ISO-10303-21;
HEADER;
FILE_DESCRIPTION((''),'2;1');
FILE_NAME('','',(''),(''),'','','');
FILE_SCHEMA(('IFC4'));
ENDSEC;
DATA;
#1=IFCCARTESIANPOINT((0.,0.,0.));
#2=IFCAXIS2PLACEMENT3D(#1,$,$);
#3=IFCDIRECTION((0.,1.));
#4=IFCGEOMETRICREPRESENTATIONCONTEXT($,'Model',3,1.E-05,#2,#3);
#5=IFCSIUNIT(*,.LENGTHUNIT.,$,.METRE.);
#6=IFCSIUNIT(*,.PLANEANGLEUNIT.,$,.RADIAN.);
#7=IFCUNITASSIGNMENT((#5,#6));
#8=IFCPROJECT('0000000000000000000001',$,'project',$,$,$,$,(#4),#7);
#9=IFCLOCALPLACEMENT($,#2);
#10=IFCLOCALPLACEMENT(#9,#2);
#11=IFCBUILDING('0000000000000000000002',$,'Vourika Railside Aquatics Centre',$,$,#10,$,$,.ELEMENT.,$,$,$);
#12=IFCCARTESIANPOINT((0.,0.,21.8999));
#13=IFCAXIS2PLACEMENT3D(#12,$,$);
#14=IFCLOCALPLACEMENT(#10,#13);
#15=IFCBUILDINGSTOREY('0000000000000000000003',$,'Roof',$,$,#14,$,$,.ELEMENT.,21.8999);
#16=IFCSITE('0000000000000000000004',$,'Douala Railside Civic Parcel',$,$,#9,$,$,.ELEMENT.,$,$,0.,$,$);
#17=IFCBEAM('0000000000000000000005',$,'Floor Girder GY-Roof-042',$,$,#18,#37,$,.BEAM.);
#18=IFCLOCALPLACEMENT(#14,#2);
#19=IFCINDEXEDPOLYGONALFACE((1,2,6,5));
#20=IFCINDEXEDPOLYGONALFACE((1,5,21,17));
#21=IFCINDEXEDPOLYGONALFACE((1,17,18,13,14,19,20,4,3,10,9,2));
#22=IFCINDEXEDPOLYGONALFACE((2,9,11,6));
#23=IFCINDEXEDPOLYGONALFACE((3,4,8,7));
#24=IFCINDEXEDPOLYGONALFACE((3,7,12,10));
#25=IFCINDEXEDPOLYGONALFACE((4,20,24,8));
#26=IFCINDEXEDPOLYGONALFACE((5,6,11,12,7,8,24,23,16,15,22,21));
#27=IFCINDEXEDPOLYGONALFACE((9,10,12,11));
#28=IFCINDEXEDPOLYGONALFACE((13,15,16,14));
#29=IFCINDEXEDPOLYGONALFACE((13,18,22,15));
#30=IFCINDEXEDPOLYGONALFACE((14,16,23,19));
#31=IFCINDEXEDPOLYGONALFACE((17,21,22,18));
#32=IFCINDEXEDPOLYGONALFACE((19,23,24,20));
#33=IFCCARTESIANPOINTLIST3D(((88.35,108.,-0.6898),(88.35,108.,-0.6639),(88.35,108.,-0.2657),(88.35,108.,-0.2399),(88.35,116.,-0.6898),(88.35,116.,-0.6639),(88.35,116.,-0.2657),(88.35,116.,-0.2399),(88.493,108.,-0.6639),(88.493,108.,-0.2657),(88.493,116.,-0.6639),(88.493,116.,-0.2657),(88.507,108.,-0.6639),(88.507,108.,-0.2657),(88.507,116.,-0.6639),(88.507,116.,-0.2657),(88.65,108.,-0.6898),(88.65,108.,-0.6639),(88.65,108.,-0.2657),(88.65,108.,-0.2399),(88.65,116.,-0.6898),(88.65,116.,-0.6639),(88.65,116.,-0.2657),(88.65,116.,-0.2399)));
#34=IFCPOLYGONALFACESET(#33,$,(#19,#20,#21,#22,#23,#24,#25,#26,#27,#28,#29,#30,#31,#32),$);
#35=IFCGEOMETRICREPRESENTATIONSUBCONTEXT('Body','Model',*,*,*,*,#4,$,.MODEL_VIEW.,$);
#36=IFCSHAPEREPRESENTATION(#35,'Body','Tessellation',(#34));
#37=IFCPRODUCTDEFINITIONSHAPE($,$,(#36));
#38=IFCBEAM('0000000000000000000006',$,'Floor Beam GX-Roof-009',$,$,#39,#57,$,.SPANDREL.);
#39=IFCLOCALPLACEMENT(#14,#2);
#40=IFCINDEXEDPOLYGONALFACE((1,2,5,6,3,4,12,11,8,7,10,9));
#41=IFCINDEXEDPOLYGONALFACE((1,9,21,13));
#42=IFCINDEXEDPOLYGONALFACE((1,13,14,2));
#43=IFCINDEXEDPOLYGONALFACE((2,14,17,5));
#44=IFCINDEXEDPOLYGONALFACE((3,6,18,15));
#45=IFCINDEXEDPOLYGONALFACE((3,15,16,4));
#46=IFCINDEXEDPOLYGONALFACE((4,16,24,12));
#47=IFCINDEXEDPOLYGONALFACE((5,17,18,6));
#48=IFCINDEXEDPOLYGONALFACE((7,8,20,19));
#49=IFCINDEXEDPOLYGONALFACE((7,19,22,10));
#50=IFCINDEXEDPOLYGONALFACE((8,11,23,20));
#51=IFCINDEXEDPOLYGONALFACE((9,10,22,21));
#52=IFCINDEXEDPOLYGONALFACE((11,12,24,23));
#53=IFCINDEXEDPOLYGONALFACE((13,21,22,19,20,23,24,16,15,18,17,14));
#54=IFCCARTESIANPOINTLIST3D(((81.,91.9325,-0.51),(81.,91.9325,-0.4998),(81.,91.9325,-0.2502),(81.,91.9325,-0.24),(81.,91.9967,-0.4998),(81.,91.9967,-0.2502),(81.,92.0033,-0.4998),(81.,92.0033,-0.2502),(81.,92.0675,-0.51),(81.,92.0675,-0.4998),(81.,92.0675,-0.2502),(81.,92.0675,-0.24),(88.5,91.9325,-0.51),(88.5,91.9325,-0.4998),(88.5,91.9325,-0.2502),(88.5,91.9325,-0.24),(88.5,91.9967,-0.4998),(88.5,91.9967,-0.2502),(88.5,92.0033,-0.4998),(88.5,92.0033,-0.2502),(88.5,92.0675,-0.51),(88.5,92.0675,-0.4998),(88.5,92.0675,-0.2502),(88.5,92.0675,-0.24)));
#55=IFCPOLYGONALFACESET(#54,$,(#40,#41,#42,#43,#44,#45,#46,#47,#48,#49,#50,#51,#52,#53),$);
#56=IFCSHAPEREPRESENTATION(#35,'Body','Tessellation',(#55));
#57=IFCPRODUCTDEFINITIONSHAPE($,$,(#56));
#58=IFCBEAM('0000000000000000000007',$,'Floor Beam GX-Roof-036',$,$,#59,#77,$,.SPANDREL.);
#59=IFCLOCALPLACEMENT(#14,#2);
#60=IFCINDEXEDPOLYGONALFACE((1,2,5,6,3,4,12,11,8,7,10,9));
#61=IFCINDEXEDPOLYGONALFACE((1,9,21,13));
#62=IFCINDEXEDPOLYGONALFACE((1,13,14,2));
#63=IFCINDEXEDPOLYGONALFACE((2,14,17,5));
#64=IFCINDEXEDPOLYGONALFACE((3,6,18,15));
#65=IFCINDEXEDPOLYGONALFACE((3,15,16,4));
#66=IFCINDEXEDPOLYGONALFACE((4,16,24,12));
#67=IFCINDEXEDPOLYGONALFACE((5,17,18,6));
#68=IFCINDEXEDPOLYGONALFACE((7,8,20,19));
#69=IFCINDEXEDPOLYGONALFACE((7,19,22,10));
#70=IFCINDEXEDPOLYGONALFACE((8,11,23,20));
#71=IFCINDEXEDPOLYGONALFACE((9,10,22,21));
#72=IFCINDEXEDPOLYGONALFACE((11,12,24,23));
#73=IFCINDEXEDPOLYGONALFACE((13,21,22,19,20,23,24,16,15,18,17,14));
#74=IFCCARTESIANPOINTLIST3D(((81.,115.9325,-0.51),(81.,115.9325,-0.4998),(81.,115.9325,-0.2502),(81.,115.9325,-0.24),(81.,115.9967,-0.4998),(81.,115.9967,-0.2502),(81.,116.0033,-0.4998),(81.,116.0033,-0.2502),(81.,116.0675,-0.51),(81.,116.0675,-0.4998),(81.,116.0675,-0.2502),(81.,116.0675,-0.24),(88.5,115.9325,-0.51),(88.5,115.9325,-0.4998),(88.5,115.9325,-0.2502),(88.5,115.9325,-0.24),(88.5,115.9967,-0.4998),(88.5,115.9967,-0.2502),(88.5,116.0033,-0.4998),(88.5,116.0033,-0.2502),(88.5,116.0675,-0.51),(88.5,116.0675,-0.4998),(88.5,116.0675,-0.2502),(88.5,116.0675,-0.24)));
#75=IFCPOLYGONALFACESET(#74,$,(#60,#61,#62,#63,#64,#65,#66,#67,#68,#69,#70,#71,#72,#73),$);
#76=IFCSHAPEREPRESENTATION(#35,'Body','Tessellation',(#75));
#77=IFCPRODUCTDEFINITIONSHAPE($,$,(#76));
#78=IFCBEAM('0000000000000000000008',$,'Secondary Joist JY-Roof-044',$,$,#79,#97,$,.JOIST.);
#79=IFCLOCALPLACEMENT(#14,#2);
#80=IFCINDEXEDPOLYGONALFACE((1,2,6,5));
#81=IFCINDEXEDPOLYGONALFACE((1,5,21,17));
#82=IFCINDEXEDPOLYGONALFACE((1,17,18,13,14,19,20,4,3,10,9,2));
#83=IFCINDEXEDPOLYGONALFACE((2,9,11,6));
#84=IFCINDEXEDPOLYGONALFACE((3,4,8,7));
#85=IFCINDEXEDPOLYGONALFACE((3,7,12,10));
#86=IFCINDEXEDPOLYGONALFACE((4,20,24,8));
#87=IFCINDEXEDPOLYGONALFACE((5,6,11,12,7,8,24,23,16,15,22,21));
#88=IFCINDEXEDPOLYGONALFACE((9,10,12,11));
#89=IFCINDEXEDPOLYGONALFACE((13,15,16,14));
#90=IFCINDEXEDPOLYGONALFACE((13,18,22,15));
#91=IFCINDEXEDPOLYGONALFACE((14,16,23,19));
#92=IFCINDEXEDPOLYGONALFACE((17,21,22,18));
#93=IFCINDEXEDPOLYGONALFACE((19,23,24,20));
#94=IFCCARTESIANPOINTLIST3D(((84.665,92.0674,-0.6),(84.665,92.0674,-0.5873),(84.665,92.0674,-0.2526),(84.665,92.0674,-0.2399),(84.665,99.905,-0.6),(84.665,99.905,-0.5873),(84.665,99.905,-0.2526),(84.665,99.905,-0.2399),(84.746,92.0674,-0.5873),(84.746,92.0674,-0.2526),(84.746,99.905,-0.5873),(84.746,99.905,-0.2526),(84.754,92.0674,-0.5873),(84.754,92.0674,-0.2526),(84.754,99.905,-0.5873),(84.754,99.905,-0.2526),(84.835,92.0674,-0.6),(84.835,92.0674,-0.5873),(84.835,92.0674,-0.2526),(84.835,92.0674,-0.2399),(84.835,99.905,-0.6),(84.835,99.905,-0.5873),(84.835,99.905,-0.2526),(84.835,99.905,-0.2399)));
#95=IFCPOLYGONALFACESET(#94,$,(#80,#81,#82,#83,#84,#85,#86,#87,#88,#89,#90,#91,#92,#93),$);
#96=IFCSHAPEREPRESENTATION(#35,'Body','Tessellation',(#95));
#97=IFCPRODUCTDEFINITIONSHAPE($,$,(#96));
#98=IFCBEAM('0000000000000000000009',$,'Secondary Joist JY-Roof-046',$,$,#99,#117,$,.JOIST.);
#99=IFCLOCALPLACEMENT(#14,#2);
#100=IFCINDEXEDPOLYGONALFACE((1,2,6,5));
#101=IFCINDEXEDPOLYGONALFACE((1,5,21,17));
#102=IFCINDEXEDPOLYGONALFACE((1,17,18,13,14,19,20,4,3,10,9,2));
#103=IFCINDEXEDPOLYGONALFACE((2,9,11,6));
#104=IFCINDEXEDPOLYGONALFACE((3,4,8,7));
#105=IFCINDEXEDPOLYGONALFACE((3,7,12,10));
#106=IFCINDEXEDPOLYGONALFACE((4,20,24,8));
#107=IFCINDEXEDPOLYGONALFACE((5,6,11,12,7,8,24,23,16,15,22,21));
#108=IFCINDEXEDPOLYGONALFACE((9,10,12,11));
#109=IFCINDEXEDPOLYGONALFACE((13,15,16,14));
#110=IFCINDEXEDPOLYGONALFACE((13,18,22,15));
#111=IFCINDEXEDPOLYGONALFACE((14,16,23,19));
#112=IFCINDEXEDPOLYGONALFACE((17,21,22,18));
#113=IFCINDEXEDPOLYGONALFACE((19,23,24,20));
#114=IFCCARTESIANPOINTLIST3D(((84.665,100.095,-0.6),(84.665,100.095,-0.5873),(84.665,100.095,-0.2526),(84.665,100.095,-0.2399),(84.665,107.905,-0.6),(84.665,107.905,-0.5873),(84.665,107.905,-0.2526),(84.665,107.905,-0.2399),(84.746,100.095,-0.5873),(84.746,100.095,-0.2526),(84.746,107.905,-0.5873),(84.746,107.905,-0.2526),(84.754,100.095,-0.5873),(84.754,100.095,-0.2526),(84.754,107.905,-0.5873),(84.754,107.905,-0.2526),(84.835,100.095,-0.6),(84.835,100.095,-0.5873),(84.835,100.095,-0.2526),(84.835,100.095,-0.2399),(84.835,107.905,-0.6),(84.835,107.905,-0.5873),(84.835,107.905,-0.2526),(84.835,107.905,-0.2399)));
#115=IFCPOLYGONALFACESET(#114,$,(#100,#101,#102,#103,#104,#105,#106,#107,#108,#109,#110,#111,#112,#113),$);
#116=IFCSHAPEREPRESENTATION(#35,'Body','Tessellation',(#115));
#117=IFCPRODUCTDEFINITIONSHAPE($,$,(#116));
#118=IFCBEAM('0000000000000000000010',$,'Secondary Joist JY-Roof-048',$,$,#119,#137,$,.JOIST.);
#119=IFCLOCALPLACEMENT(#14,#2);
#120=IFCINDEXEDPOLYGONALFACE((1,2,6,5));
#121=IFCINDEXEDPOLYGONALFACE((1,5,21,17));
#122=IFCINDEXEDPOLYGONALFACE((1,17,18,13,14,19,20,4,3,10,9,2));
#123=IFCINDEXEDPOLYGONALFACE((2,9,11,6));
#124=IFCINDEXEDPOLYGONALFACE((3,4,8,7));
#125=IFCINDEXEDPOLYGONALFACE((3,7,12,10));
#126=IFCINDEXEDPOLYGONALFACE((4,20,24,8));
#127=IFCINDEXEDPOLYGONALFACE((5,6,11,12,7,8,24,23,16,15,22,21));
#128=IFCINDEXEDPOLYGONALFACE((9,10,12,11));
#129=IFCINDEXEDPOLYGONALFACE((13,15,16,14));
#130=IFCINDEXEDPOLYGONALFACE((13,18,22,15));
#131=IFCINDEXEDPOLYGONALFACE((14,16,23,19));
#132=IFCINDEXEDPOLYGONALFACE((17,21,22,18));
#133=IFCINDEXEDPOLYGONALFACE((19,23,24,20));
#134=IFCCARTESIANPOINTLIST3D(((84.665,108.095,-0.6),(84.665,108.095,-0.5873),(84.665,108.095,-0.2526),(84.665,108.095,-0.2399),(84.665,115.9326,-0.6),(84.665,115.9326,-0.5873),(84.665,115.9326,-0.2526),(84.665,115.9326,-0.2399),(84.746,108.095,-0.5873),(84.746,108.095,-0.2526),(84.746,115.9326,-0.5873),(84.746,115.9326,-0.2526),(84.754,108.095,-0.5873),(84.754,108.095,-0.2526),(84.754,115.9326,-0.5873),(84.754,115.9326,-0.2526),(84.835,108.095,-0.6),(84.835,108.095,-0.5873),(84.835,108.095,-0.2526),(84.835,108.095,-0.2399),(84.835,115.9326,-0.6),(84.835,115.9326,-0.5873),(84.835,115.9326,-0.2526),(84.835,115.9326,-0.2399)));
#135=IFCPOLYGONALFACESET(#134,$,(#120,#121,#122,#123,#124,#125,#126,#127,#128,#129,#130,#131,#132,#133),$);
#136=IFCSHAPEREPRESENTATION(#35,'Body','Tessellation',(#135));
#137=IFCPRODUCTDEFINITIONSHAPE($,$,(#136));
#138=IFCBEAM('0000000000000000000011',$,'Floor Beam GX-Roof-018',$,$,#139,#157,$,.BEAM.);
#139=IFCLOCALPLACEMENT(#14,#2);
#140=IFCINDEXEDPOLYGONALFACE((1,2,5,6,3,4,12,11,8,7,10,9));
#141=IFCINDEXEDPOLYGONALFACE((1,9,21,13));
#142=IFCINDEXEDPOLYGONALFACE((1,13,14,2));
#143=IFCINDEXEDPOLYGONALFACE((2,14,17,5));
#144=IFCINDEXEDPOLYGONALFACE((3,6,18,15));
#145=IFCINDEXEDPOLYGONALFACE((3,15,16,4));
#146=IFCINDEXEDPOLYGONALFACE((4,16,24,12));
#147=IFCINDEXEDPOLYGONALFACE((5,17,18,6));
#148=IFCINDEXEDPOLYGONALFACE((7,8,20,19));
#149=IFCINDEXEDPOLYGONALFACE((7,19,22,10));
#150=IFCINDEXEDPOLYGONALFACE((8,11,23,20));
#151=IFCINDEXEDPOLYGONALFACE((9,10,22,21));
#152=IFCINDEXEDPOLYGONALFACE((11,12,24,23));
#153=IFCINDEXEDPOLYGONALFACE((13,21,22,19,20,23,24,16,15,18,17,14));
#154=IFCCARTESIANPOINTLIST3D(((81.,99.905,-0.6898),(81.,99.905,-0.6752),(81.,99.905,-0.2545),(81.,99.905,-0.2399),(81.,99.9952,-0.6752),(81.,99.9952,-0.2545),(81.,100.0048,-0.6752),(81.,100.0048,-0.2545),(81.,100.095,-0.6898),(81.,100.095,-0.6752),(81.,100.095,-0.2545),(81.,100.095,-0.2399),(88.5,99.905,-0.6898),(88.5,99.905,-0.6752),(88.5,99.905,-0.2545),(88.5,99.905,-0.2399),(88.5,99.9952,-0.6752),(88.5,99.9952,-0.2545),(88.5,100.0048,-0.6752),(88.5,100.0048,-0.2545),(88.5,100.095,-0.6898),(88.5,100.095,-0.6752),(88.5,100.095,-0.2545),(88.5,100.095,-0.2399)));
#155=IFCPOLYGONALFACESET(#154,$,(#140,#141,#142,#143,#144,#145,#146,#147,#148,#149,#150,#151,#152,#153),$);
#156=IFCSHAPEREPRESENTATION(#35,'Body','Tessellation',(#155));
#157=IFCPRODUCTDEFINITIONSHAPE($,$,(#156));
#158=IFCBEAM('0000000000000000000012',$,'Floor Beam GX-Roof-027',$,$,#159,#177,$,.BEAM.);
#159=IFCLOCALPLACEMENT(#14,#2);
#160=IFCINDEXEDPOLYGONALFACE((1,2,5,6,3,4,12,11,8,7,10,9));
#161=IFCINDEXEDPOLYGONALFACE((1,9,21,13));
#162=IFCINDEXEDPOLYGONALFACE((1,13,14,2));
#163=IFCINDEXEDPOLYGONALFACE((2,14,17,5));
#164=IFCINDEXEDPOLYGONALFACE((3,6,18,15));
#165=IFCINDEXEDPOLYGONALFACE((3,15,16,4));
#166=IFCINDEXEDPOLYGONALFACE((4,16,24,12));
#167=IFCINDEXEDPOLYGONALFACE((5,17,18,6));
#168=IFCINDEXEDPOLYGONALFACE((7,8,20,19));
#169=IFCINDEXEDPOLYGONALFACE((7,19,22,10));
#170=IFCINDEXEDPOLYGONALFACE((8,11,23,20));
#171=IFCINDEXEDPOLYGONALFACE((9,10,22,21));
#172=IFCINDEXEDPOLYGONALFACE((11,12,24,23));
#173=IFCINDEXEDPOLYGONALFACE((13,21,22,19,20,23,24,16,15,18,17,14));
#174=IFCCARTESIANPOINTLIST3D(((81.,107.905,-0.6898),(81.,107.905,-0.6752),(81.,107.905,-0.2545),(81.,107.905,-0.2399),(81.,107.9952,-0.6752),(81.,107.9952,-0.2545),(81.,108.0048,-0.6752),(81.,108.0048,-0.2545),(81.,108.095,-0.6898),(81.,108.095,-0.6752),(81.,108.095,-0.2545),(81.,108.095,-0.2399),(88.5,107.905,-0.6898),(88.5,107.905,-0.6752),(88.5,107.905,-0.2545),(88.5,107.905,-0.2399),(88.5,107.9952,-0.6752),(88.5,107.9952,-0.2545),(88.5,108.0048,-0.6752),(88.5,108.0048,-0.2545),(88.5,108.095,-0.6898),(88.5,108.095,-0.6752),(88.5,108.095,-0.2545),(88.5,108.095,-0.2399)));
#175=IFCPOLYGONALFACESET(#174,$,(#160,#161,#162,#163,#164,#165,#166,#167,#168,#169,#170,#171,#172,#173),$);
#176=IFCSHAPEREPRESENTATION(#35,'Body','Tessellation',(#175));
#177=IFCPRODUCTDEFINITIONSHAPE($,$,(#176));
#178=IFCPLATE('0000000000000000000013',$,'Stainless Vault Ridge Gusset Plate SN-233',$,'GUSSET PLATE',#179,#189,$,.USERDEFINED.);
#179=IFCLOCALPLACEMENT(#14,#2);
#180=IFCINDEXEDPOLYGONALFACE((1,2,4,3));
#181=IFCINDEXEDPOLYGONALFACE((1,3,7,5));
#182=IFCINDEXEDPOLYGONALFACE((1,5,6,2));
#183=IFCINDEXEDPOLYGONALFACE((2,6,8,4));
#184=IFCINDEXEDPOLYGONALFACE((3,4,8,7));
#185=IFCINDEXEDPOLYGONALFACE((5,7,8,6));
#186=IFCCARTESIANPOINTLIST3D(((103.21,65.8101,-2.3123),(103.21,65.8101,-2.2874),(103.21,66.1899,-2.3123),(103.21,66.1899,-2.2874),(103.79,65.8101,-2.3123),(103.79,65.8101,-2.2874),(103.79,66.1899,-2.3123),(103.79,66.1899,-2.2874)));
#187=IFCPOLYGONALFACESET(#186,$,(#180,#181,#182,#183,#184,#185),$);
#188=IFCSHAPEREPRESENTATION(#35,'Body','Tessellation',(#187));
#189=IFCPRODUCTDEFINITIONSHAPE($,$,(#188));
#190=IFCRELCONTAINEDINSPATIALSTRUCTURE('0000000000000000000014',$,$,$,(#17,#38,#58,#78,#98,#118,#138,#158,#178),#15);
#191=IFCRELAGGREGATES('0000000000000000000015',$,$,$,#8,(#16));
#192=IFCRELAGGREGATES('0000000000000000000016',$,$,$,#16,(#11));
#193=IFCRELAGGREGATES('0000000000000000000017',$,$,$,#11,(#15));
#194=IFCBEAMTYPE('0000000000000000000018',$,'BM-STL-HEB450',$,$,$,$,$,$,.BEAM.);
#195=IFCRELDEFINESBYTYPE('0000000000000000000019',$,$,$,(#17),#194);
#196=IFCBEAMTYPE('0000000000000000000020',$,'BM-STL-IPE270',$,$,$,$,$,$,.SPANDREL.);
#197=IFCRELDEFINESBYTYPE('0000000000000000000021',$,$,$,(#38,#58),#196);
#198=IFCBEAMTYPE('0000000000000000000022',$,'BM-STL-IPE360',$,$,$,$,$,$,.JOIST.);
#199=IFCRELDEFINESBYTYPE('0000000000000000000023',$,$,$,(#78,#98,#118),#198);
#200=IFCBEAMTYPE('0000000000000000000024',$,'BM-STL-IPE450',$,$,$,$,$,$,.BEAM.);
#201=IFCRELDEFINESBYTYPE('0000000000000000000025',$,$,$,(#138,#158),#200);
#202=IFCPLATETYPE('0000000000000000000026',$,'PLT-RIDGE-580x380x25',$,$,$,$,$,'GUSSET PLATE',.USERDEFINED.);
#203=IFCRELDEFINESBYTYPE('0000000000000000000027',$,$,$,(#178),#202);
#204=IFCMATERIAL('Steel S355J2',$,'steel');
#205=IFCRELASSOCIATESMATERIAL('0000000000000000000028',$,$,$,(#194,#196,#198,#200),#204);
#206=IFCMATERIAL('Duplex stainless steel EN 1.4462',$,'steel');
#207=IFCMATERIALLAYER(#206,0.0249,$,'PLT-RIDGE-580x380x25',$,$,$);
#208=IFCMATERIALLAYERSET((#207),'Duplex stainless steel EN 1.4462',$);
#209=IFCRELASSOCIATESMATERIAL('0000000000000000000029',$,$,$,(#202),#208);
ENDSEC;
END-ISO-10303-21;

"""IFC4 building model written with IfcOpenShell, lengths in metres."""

from ifc_helpers import new_model, si_unit, direction, frame, origin, origin_2d, place, context, subcontext, project, spatial, rectangle, i_section, extrude, material, layer, layer_set, material_profile, profile_set, type_object, element, save


model = new_model("IFC4")

# Units and contexts
model_context = context("Model", 3, precision=1e-05, world=origin(), true_north=direction((0.0, 1.0)))
body_context = subcontext(model_context, "Body", "Model", "MODEL_VIEW")
ifc_project = project(units=[si_unit("LENGTHUNIT", "METRE"), si_unit("PLANEANGLEUNIT", "RADIAN")], contexts=[model_context])

# Site, building, storey
site_placement = place(None, origin())
site = spatial("IfcSite", under=ifc_project, at=site_placement, Name="Douala Railside Civic Parcel", CompositionType="ELEMENT", RefElevation=0.0)
building_placement = place(site_placement, origin())
building = spatial("IfcBuilding", under=site, at=building_placement, Name="Vourika Railside Aquatics Centre", CompositionType="ELEMENT")
storey_placement = place(building_placement, frame((0.0, 0.0, 21.8999)))
storey = spatial("IfcBuildingStorey", under=building, at=storey_placement, Name="Roof", CompositionType="ELEMENT", Elevation=21.8999)

# Beams
ifc_material_1 = material(Name="Steel S355J2", Category="steel")
ifc_material_profile_1 = material_profile(ifc_material_1, i_section(OverallWidth=0.3, OverallDepth=0.45, WebThickness=0.0139, FlangeThickness=0.0259, at=origin_2d()), Name="HEB 450")
ifc_profile_set_1 = profile_set([ifc_material_profile_1], Name="Steel S355J2")
beam_type_1 = type_object("IfcBeamType", Name="BM-STL-HEB450", PredefinedType="BEAM", material=ifc_profile_set_1)
for number, where, z_axis, x_axis, name in (
    (1, (88.5, 108.0, -0.4648), (0.0, 1.0, 0.0), (-1.0, 0.0, 0.0), "Floor Girder GY-Roof-042"),
):
    element("IfcBeam", number, at=place(storey_placement, frame(where, z_axis=z_axis, x_axis=x_axis)), inside=storey, type_object=beam_type_1, Name=name, PredefinedType="BEAM", context=body_context, shape_type="SweptSolid", body=[
        extrude(i_section(OverallWidth=0.3, OverallDepth=0.45, WebThickness=0.0139, FlangeThickness=0.0259, at=origin_2d()), origin(), (0.0, 0.0, 1.0), 8.0),
    ])
ifc_material_profile_2 = material_profile(ifc_material_1, i_section(OverallWidth=0.135, OverallDepth=0.27, WebThickness=0.0066, FlangeThickness=0.0103, at=origin_2d()), Name="IPE 270")
ifc_profile_set_2 = profile_set([ifc_material_profile_2], Name="Steel S355J2")
beam_type_2 = type_object("IfcBeamType", Name="BM-STL-IPE270", PredefinedType="SPANDREL", material=ifc_profile_set_2)
for number, where, z_axis, x_axis, name in (
    (2, (81.0, 92.0, -0.375), (1.0, 0.0, 0.0), (0.0, 1.0, 0.0), "Floor Beam GX-Roof-009"),
    (3, (81.0, 116.0, -0.375), (1.0, 0.0, 0.0), (0.0, 1.0, 0.0), "Floor Beam GX-Roof-036"),
):
    element("IfcBeam", number, at=place(storey_placement, frame(where, z_axis=z_axis, x_axis=x_axis)), inside=storey, type_object=beam_type_2, Name=name, PredefinedType="SPANDREL", context=body_context, shape_type="SweptSolid", body=[
        extrude(i_section(OverallWidth=0.135, OverallDepth=0.27, WebThickness=0.0066, FlangeThickness=0.0103, at=origin_2d()), origin(), (0.0, 0.0, 1.0), 7.5),
    ])
ifc_material_profile_3 = material_profile(ifc_material_1, i_section(OverallWidth=0.1699, OverallDepth=0.3601, WebThickness=0.0081, FlangeThickness=0.0127, at=origin_2d()), Name="IPE 360")
ifc_profile_set_3 = profile_set([ifc_material_profile_3], Name="Steel S355J2")
beam_type_3 = type_object("IfcBeamType", Name="BM-STL-IPE360", PredefinedType="JOIST", material=ifc_profile_set_3)
beam_1_placement = place(storey_placement, frame((84.75, 92.0674, -0.4199), z_axis=(0.0, 1.0, 0.0), x_axis=(-1.0, 0.0, 0.0)))
element("IfcBeam", 4, at=beam_1_placement, inside=storey, type_object=beam_type_3, Name="Secondary Joist JY-Roof-044", PredefinedType="JOIST", context=body_context, shape_type="SweptSolid", body=[
    extrude(i_section(OverallWidth=0.1699, OverallDepth=0.3601, WebThickness=0.0081, FlangeThickness=0.0127, at=origin_2d()), origin(), (0.0, 0.0, 1.0), 7.8376),
])
beam_2_placement = place(storey_placement, frame((84.75, 100.095, -0.4199), z_axis=(0.0, 1.0, 0.0), x_axis=(-1.0, 0.0, 0.0)))
element("IfcBeam", 5, at=beam_2_placement, inside=storey, type_object=beam_type_3, Name="Secondary Joist JY-Roof-046", PredefinedType="JOIST", context=body_context, shape_type="SweptSolid", body=[
    extrude(i_section(OverallWidth=0.1699, OverallDepth=0.3601, WebThickness=0.0081, FlangeThickness=0.0127, at=origin_2d()), origin(), (0.0, 0.0, 1.0), 7.8101),
])
beam_3_placement = place(storey_placement, frame((84.75, 108.095, -0.4199), z_axis=(0.0, 1.0, 0.0), x_axis=(-1.0, 0.0, 0.0)))
element("IfcBeam", 6, at=beam_3_placement, inside=storey, type_object=beam_type_3, Name="Secondary Joist JY-Roof-048", PredefinedType="JOIST", context=body_context, shape_type="SweptSolid", body=[
    extrude(i_section(OverallWidth=0.1699, OverallDepth=0.3601, WebThickness=0.0081, FlangeThickness=0.0127, at=origin_2d()), origin(), (0.0, 0.0, 1.0), 7.8376),
])
ifc_material_profile_4 = material_profile(ifc_material_1, i_section(OverallWidth=0.1899, OverallDepth=0.45, WebThickness=0.0095, FlangeThickness=0.0146, at=origin_2d()), Name="IPE 450")
ifc_profile_set_4 = profile_set([ifc_material_profile_4], Name="Steel S355J2")
beam_type_4 = type_object("IfcBeamType", Name="BM-STL-IPE450", PredefinedType="BEAM", material=ifc_profile_set_4)
for number, where, z_axis, x_axis, name in (
    (7, (81.0, 100.0, -0.4648), (1.0, 0.0, 0.0), (0.0, 1.0, 0.0), "Floor Beam GX-Roof-018"),
    (8, (81.0, 108.0, -0.4648), (1.0, 0.0, 0.0), (0.0, 1.0, 0.0), "Floor Beam GX-Roof-027"),
):
    element("IfcBeam", number, at=place(storey_placement, frame(where, z_axis=z_axis, x_axis=x_axis)), inside=storey, type_object=beam_type_4, Name=name, PredefinedType="BEAM", context=body_context, shape_type="SweptSolid", body=[
        extrude(i_section(OverallWidth=0.1899, OverallDepth=0.45, WebThickness=0.0095, FlangeThickness=0.0146, at=origin_2d()), origin(), (0.0, 0.0, 1.0), 7.5),
    ])

# Plate
ifc_material_2 = material(Name="Duplex stainless steel EN 1.4462", Category="steel")
ifc_layer_1 = layer(ifc_material_2, 0.0249, Name="PLT-RIDGE-580x380x25")
ifc_layer_set_1 = layer_set([ifc_layer_1], Name="Duplex stainless steel EN 1.4462")
plate_type_1 = type_object("IfcPlateType", Name="PLT-RIDGE-580x380x25", ElementType="GUSSET PLATE", PredefinedType="USERDEFINED", material=ifc_layer_set_1)
plate_1_placement = place(storey_placement, frame((103.5, 66.0, -2.3123), z_axis=(0.0, 0.0, 1.0), x_axis=(1.0, 0.0, 0.0)))
element("IfcPlate", 9, at=plate_1_placement, inside=storey, type_object=plate_type_1, Name="Stainless Vault Ridge Gusset Plate SN-233", ObjectType="GUSSET PLATE", PredefinedType="USERDEFINED", context=body_context, shape_type="SweptSolid", body=[
    extrude(rectangle(XDim=0.5801, YDim=0.3799, at=origin_2d()), origin(), (0.0, 0.0, 1.0), 0.0249),
])

save(model, "model.ifc")
